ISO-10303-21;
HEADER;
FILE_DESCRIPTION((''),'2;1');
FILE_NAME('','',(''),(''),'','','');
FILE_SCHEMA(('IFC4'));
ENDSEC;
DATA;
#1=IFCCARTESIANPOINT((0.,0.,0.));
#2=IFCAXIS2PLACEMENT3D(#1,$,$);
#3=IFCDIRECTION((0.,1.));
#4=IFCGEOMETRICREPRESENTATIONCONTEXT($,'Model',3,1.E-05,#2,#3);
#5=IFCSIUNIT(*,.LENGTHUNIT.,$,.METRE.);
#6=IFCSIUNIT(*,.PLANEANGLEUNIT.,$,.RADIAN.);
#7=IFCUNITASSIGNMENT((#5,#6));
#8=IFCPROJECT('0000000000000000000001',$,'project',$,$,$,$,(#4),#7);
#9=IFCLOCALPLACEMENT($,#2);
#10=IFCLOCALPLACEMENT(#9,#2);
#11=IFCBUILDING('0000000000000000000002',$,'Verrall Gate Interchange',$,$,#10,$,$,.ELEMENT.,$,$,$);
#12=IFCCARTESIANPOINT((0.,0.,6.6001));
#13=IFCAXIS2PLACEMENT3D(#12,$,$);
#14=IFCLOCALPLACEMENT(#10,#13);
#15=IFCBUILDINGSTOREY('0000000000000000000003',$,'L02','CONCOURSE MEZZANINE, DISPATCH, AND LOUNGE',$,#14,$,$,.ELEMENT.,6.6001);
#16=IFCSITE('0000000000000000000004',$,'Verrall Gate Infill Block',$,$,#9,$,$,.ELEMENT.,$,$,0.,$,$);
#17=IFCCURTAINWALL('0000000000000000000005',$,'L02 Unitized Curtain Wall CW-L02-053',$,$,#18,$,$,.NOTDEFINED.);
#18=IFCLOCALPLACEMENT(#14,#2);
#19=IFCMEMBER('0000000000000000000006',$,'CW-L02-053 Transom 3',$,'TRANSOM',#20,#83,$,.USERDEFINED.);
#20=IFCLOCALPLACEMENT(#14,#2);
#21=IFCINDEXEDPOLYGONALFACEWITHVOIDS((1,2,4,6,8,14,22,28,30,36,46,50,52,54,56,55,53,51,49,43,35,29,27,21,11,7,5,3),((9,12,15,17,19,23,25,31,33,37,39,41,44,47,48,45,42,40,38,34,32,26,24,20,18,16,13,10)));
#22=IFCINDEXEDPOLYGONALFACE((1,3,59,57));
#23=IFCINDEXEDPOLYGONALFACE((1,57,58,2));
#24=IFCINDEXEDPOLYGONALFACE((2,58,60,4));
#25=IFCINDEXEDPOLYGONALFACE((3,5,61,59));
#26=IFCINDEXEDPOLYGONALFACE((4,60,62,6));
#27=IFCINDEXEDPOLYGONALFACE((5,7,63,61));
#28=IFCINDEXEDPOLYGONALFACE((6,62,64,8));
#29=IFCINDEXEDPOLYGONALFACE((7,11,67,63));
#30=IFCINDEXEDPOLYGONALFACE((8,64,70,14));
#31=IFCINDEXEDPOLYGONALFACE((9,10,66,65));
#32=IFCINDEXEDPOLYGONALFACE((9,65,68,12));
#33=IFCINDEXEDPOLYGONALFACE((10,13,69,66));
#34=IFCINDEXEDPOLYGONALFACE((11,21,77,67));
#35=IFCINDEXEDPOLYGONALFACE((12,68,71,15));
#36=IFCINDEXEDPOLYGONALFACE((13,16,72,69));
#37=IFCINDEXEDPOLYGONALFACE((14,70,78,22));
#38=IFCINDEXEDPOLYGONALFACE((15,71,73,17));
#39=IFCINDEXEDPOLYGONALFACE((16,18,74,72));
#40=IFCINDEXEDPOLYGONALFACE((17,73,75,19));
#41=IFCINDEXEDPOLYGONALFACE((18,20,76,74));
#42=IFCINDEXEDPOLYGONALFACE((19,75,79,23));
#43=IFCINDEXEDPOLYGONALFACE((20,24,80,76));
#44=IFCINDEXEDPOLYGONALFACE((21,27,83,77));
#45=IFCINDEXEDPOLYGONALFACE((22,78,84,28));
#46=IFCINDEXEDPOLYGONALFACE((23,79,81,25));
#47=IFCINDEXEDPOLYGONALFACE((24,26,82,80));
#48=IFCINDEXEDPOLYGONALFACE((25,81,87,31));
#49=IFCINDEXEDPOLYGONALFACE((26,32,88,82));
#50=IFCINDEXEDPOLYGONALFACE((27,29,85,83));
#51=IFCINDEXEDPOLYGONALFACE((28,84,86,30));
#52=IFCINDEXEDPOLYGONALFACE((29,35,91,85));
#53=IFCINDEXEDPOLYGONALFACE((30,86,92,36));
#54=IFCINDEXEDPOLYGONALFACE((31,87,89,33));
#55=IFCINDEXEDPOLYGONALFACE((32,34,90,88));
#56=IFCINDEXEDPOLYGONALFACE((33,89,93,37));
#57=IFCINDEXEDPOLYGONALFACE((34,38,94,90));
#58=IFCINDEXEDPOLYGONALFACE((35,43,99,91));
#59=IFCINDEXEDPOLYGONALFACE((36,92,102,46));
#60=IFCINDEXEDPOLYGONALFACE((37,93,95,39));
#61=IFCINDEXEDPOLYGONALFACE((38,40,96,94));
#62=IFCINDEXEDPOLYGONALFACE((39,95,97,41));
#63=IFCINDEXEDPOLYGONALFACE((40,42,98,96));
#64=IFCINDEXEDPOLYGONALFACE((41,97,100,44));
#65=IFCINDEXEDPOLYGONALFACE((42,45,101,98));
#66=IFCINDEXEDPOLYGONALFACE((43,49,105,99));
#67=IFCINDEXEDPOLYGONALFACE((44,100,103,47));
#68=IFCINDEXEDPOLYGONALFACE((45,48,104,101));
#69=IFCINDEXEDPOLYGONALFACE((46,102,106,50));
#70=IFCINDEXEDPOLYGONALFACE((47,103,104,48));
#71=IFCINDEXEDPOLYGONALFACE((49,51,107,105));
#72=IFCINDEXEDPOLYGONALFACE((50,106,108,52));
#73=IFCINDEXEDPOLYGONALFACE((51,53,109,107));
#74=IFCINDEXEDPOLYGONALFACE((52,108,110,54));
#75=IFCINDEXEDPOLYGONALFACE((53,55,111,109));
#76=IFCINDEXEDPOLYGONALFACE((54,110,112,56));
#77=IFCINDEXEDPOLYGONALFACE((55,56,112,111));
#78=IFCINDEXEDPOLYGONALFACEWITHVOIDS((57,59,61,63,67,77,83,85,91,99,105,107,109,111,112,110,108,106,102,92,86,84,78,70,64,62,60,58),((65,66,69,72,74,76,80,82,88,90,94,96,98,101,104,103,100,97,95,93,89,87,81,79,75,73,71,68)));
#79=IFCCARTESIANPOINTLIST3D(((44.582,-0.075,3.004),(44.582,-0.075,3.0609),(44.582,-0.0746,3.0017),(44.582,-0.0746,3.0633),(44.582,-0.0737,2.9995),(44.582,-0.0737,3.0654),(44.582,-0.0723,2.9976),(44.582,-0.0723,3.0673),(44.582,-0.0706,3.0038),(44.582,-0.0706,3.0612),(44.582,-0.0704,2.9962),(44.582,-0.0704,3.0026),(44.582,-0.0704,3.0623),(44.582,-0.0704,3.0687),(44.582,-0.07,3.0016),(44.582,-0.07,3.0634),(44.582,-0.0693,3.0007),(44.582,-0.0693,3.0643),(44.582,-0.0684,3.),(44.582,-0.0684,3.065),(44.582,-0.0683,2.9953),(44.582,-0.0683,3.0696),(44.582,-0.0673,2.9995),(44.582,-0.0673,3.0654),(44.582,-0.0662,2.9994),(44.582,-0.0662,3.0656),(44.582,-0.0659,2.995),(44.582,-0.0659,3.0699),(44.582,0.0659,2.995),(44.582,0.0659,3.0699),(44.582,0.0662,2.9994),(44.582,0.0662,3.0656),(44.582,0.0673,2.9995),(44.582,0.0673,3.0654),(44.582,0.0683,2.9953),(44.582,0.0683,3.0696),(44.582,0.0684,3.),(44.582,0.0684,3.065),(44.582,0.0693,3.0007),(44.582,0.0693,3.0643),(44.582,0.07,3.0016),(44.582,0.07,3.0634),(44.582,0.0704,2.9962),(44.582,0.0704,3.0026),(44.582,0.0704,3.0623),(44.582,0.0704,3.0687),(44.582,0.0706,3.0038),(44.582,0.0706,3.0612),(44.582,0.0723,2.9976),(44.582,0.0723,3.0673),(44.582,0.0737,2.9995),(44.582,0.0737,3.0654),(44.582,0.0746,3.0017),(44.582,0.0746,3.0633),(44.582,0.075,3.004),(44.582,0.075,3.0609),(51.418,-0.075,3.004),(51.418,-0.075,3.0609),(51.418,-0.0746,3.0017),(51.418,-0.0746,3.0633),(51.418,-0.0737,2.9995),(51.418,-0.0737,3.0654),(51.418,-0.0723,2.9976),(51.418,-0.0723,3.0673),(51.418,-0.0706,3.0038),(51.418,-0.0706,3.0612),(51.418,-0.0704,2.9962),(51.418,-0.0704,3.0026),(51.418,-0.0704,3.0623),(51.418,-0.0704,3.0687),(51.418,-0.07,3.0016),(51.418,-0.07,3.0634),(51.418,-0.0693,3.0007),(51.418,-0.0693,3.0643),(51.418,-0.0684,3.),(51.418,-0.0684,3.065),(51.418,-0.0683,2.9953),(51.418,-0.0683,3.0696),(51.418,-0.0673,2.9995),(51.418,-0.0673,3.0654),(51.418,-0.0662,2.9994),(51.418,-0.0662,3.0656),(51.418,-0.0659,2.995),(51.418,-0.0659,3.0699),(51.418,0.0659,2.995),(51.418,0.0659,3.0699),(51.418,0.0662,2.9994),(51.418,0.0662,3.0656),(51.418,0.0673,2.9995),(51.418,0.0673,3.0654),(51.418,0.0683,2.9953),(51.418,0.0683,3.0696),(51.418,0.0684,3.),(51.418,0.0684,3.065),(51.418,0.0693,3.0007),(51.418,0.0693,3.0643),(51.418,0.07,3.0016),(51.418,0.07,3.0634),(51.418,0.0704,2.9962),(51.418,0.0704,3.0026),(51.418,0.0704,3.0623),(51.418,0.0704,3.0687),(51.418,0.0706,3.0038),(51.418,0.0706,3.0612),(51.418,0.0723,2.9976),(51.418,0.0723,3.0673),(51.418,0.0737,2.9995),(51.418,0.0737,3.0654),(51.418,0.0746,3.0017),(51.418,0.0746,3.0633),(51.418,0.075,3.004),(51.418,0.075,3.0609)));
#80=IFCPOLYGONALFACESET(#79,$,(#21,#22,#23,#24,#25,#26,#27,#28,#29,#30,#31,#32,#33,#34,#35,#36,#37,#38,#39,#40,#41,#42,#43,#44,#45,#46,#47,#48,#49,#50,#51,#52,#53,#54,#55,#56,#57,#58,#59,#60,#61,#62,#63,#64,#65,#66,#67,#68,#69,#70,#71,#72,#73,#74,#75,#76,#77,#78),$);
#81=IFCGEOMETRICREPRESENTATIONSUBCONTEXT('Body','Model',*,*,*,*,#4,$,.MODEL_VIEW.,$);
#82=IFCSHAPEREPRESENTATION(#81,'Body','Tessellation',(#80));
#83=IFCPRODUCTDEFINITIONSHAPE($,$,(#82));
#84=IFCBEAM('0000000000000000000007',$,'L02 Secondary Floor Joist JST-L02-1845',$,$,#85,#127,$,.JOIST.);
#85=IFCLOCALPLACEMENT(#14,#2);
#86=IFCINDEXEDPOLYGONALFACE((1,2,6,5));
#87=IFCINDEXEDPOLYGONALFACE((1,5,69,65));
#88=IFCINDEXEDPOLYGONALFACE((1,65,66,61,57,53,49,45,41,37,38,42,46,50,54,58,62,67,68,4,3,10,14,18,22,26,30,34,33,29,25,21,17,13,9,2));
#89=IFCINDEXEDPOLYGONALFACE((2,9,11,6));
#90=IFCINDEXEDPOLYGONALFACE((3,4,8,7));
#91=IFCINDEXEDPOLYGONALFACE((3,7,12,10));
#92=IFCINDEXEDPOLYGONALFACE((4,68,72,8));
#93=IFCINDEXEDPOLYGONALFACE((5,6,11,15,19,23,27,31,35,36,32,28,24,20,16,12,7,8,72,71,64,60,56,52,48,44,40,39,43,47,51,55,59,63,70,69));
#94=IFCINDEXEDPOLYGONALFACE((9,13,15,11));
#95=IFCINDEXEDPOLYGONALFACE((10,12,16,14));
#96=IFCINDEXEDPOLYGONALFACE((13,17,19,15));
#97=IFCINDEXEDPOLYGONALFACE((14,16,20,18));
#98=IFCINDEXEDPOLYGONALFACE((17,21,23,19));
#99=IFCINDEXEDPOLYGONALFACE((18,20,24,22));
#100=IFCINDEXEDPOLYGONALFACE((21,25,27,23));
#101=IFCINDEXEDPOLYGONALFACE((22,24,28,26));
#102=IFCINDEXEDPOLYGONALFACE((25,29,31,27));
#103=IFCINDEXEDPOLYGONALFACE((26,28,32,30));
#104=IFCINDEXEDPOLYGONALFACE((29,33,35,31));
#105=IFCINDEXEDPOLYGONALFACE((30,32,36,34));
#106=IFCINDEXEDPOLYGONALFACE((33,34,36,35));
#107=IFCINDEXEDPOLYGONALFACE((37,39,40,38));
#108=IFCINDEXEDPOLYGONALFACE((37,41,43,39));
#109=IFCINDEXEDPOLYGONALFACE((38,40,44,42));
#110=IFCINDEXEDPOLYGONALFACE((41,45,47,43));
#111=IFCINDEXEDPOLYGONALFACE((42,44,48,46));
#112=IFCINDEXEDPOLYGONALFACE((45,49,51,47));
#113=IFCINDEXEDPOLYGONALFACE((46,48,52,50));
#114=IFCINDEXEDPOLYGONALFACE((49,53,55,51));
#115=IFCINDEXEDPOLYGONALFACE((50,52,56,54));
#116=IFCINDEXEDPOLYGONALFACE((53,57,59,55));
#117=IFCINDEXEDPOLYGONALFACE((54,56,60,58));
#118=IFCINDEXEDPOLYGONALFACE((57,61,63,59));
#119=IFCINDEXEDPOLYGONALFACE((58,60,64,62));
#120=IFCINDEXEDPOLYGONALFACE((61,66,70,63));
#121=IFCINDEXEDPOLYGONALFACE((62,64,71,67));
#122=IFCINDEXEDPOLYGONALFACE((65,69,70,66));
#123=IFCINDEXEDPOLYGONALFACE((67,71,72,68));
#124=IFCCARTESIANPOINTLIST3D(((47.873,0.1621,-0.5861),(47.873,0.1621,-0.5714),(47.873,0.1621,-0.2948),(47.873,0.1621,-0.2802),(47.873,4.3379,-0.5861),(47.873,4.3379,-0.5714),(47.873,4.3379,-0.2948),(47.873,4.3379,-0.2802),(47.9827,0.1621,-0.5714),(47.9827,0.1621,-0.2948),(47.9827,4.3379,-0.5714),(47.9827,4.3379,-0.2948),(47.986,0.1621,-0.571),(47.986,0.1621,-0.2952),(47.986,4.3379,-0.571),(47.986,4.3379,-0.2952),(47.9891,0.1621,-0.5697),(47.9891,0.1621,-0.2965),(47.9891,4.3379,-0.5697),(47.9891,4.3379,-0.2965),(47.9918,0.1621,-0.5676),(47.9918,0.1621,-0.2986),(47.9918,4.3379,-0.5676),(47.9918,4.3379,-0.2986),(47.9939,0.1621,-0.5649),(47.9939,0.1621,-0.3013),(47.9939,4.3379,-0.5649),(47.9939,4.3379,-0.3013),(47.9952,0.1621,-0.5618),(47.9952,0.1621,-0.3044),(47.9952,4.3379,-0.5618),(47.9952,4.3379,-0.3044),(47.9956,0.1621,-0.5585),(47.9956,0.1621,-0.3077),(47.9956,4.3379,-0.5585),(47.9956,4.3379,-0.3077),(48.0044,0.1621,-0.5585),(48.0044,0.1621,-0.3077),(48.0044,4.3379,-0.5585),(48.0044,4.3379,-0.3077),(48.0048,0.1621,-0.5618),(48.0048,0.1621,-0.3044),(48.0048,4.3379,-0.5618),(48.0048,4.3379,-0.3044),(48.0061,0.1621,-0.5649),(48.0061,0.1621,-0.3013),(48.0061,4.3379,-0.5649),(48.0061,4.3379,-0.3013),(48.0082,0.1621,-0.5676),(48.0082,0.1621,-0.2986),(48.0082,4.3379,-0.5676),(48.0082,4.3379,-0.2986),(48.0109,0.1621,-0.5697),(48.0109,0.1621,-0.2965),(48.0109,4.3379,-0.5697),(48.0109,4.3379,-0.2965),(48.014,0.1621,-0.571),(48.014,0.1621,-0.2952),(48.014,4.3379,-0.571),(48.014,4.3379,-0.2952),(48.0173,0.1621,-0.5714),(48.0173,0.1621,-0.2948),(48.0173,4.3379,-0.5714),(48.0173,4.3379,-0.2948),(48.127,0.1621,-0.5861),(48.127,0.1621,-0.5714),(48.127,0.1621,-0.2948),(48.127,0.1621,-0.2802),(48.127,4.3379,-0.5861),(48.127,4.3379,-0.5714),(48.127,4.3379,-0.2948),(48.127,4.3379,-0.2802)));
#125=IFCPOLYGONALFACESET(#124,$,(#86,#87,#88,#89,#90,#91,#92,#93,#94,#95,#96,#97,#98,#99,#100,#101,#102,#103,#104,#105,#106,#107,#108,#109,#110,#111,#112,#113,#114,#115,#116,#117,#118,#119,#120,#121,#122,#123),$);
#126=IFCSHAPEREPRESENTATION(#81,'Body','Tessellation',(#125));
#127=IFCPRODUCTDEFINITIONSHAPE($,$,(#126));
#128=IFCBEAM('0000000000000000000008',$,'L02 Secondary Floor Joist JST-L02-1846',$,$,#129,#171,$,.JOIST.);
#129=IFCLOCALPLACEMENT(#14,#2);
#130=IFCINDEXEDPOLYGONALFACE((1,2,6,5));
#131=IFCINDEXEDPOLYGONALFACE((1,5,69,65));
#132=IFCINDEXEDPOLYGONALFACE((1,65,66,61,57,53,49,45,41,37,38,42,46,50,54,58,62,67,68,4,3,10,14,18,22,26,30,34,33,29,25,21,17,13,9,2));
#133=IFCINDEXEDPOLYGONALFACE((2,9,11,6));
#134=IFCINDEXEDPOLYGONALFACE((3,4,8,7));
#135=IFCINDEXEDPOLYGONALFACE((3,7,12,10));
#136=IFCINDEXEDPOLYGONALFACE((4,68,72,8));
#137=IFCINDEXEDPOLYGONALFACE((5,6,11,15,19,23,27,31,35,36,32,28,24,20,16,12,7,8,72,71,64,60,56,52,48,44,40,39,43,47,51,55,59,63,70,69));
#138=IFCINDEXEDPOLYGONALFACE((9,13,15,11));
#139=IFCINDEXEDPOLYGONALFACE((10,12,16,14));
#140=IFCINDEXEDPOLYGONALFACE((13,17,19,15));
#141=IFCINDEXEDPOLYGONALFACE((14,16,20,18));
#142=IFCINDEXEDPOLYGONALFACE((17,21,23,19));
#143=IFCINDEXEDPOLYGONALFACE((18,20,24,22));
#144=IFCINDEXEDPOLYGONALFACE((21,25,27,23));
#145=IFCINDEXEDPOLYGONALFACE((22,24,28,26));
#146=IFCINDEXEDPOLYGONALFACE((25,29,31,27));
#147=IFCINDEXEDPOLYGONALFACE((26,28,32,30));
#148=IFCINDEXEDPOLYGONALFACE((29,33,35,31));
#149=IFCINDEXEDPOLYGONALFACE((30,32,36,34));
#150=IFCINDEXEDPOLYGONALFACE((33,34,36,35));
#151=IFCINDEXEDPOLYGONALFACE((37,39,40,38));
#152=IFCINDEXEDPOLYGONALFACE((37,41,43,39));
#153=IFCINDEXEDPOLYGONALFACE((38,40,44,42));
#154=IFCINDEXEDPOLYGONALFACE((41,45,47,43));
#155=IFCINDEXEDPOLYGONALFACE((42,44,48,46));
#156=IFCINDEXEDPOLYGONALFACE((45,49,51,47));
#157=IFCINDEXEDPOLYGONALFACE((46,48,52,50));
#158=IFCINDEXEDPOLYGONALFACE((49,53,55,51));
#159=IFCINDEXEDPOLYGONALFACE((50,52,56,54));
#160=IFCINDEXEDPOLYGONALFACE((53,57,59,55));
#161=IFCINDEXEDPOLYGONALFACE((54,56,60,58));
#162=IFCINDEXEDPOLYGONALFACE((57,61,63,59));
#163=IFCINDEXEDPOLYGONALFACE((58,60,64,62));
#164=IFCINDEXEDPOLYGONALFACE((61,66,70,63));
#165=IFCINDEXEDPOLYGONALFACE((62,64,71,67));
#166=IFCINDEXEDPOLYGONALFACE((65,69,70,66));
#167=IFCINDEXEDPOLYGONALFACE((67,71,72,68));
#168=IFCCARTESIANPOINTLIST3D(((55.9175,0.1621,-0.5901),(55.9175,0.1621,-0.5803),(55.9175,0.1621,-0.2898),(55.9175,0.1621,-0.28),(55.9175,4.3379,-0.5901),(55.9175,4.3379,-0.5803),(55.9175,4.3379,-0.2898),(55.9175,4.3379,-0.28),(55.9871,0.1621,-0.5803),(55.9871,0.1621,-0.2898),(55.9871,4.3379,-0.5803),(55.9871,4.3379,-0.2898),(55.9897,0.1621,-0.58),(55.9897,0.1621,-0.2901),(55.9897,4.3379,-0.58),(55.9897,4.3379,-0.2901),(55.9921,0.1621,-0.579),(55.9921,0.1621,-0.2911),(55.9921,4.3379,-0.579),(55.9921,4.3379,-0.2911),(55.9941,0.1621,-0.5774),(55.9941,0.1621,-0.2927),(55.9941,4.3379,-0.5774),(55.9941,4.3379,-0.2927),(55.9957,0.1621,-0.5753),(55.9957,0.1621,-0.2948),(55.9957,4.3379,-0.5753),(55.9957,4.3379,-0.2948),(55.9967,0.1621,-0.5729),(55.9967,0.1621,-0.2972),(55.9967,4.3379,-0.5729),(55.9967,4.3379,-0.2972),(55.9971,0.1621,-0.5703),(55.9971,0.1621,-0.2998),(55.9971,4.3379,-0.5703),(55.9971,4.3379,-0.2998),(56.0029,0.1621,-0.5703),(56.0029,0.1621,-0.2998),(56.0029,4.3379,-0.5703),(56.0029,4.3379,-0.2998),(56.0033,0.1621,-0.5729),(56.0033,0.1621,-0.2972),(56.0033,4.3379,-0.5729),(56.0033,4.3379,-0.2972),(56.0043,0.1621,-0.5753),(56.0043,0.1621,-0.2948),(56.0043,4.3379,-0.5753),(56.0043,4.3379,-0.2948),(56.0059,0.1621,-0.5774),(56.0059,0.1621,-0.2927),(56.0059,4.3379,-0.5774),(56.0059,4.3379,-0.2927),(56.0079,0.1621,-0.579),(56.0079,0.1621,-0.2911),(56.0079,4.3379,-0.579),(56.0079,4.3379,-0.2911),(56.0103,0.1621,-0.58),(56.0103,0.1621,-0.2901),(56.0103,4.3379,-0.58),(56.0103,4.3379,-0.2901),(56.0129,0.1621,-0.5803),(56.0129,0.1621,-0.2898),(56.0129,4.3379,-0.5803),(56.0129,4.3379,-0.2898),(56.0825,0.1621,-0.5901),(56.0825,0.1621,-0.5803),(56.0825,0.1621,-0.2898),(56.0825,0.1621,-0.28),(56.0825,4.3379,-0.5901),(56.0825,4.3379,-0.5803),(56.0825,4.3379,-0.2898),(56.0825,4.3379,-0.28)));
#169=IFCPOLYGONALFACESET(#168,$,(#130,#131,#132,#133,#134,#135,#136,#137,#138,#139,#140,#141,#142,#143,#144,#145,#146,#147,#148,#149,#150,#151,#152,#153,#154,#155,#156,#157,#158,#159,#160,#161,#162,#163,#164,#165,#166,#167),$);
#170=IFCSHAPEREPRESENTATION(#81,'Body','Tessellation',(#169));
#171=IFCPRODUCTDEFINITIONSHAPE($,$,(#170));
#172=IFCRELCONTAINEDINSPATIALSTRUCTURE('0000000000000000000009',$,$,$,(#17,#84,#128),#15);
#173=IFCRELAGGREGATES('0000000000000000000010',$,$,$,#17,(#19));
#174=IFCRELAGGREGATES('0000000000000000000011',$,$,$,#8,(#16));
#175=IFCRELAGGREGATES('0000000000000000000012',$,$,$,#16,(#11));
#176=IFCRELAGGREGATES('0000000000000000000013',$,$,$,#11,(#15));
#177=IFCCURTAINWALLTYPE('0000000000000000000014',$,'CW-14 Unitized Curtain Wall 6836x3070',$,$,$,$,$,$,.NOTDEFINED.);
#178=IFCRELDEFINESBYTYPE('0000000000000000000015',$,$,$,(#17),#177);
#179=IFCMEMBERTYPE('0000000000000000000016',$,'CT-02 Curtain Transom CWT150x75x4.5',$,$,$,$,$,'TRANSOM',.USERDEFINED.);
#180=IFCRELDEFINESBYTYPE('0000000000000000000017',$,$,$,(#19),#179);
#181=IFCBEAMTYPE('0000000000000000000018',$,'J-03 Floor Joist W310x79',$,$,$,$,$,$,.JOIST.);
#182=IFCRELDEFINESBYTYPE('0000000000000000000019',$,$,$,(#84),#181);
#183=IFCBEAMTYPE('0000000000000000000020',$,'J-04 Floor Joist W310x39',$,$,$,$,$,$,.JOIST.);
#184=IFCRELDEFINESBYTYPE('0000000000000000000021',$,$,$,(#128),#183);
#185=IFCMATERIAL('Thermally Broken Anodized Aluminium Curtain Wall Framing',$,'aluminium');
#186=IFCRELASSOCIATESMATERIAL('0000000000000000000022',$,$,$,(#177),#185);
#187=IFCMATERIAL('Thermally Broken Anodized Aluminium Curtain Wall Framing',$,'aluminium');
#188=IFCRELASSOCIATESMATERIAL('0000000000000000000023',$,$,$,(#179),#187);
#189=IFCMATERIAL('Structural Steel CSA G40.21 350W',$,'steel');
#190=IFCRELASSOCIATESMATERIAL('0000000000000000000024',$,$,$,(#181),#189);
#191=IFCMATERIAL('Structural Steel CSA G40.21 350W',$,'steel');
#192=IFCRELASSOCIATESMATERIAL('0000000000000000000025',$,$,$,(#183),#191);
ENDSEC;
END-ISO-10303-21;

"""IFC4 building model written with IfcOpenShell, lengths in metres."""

from ifc_helpers import new_model, si_unit, direction, frame, origin, origin_2d, place, context, subcontext, project, spatial, hollow_rectangle, i_section, extrude, material, material_profile, profile_set, type_object, element, aggregate, save


model = new_model("IFC4")

# Units and contexts
model_context = context("Model", 3, precision=1e-05, world=origin(), true_north=direction((0.0, 1.0)))
body_context = subcontext(model_context, "Body", "Model", "MODEL_VIEW")
ifc_project = project(units=[si_unit("LENGTHUNIT", "METRE"), si_unit("PLANEANGLEUNIT", "RADIAN")], contexts=[model_context])

# Site, building, storey
site_placement = place(None, origin())
site = spatial("IfcSite", under=ifc_project, at=site_placement, Name="Verrall Gate Infill Block", CompositionType="ELEMENT", RefElevation=0.0)
building_placement = place(site_placement, origin())
building = spatial("IfcBuilding", under=site, at=building_placement, Name="Verrall Gate Interchange", CompositionType="ELEMENT")
storey_placement = place(building_placement, frame((0.0, 0.0, 6.6001)))
storey = spatial("IfcBuildingStorey", under=building, at=storey_placement, Name="L02", Description="CONCOURSE MEZZANINE, DISPATCH, AND LOUNGE", CompositionType="ELEMENT", Elevation=6.6001)

# Curtain wall
ifc_material_1 = material(Name="Thermally Broken Anodized Aluminium Curtain Wall Framing", Category="aluminium")
curtain_wall_type = type_object("IfcCurtainWallType", Name="CW-14 Unitized Curtain Wall 6836x3070", PredefinedType="NOTDEFINED", material=ifc_material_1)
curtain_wall_1_placement = place(storey_placement, origin())
curtain_wall_1 = element("IfcCurtainWall", 1, at=curtain_wall_1_placement, inside=storey, type_object=curtain_wall_type, Name="L02 Unitized Curtain Wall CW-L02-053", PredefinedType="NOTDEFINED")

# Member
ifc_material_2 = material(Name="Thermally Broken Anodized Aluminium Curtain Wall Framing", Category="aluminium")
ifc_material_profile_1 = material_profile(ifc_material_2, hollow_rectangle(XDim=0.1499, YDim=0.075, WallThickness=0.0044, InnerFilletRadius=0.0044, OuterFilletRadius=0.009, at=origin_2d()), Name="CWT150x75x4.5")
ifc_profile_set_1 = profile_set([ifc_material_profile_1], Name="Thermally Broken Anodized Aluminium Curtain Wall Framing")
member_type_1 = type_object("IfcMemberType", Name="CT-02 Curtain Transom CWT150x75x4.5", ElementType="TRANSOM", PredefinedType="USERDEFINED", material=ifc_profile_set_1)
member_1_placement = place(storey_placement, frame((44.582, 0.0, 3.0325), z_axis=(1.0, 0.0, 0.0), x_axis=(0.0, 1.0, 0.0)))
member_1 = element("IfcMember", 2, at=member_1_placement, type_object=member_type_1, Name="CW-L02-053 Transom 3", ObjectType="TRANSOM", PredefinedType="USERDEFINED", context=body_context, shape_type="SweptSolid", body=[
    extrude(hollow_rectangle(XDim=0.1499, YDim=0.075, WallThickness=0.0044, InnerFilletRadius=0.0044, OuterFilletRadius=0.009, at=origin_2d()), origin(), (0.0, 0.0, 1.0), 6.8359),
])

# Beams
ifc_material_3 = material(Name="Structural Steel CSA G40.21 350W", Category="steel")
ifc_material_profile_2 = material_profile(ifc_material_3, i_section(OverallWidth=0.2539, OverallDepth=0.3059, WebThickness=0.0088, FlangeThickness=0.0146, FilletRadius=0.0129, at=origin_2d()), Name="W310x79")
ifc_profile_set_2 = profile_set([ifc_material_profile_2], Name="Structural Steel CSA G40.21 350W")
beam_type_1 = type_object("IfcBeamType", Name="J-03 Floor Joist W310x79", PredefinedType="JOIST", material=ifc_profile_set_2)
beam_1_placement = place(storey_placement, frame((48.0, 0.1621, -0.4331), z_axis=(0.0, 1.0, 0.0), x_axis=(-1.0, 0.0, 0.0)))
element("IfcBeam", 3, at=beam_1_placement, inside=storey, type_object=beam_type_1, Name="L02 Secondary Floor Joist JST-L02-1845", PredefinedType="JOIST", context=body_context, shape_type="SweptSolid", body=[
    extrude(i_section(OverallWidth=0.2539, OverallDepth=0.3059, WebThickness=0.0088, FlangeThickness=0.0146, FilletRadius=0.0129, at=origin_2d()), origin(), (0.0, 0.0, 1.0), 4.1758),
])
ifc_material_4 = material(Name="Structural Steel CSA G40.21 350W", Category="steel")
ifc_material_profile_3 = material_profile(ifc_material_4, i_section(OverallWidth=0.165, OverallDepth=0.3101, WebThickness=0.0059, FlangeThickness=0.0098, FilletRadius=0.01, at=origin_2d()), Name="W310x39")
ifc_profile_set_3 = profile_set([ifc_material_profile_3], Name="Structural Steel CSA G40.21 350W")
beam_type_2 = type_object("IfcBeamType", Name="J-04 Floor Joist W310x39", PredefinedType="JOIST", material=ifc_profile_set_3)
beam_2_placement = place(storey_placement, frame((56.0, 0.1621, -0.4351), z_axis=(0.0, 1.0, 0.0), x_axis=(-1.0, 0.0, 0.0)))
element("IfcBeam", 4, at=beam_2_placement, inside=storey, type_object=beam_type_2, Name="L02 Secondary Floor Joist JST-L02-1846", PredefinedType="JOIST", context=body_context, shape_type="SweptSolid", body=[
    extrude(i_section(OverallWidth=0.165, OverallDepth=0.3101, WebThickness=0.0059, FlangeThickness=0.0098, FilletRadius=0.01, at=origin_2d()), origin(), (0.0, 0.0, 1.0), 4.1758),
])

aggregate(curtain_wall_1, [member_1])

save(model, "model.ifc")
